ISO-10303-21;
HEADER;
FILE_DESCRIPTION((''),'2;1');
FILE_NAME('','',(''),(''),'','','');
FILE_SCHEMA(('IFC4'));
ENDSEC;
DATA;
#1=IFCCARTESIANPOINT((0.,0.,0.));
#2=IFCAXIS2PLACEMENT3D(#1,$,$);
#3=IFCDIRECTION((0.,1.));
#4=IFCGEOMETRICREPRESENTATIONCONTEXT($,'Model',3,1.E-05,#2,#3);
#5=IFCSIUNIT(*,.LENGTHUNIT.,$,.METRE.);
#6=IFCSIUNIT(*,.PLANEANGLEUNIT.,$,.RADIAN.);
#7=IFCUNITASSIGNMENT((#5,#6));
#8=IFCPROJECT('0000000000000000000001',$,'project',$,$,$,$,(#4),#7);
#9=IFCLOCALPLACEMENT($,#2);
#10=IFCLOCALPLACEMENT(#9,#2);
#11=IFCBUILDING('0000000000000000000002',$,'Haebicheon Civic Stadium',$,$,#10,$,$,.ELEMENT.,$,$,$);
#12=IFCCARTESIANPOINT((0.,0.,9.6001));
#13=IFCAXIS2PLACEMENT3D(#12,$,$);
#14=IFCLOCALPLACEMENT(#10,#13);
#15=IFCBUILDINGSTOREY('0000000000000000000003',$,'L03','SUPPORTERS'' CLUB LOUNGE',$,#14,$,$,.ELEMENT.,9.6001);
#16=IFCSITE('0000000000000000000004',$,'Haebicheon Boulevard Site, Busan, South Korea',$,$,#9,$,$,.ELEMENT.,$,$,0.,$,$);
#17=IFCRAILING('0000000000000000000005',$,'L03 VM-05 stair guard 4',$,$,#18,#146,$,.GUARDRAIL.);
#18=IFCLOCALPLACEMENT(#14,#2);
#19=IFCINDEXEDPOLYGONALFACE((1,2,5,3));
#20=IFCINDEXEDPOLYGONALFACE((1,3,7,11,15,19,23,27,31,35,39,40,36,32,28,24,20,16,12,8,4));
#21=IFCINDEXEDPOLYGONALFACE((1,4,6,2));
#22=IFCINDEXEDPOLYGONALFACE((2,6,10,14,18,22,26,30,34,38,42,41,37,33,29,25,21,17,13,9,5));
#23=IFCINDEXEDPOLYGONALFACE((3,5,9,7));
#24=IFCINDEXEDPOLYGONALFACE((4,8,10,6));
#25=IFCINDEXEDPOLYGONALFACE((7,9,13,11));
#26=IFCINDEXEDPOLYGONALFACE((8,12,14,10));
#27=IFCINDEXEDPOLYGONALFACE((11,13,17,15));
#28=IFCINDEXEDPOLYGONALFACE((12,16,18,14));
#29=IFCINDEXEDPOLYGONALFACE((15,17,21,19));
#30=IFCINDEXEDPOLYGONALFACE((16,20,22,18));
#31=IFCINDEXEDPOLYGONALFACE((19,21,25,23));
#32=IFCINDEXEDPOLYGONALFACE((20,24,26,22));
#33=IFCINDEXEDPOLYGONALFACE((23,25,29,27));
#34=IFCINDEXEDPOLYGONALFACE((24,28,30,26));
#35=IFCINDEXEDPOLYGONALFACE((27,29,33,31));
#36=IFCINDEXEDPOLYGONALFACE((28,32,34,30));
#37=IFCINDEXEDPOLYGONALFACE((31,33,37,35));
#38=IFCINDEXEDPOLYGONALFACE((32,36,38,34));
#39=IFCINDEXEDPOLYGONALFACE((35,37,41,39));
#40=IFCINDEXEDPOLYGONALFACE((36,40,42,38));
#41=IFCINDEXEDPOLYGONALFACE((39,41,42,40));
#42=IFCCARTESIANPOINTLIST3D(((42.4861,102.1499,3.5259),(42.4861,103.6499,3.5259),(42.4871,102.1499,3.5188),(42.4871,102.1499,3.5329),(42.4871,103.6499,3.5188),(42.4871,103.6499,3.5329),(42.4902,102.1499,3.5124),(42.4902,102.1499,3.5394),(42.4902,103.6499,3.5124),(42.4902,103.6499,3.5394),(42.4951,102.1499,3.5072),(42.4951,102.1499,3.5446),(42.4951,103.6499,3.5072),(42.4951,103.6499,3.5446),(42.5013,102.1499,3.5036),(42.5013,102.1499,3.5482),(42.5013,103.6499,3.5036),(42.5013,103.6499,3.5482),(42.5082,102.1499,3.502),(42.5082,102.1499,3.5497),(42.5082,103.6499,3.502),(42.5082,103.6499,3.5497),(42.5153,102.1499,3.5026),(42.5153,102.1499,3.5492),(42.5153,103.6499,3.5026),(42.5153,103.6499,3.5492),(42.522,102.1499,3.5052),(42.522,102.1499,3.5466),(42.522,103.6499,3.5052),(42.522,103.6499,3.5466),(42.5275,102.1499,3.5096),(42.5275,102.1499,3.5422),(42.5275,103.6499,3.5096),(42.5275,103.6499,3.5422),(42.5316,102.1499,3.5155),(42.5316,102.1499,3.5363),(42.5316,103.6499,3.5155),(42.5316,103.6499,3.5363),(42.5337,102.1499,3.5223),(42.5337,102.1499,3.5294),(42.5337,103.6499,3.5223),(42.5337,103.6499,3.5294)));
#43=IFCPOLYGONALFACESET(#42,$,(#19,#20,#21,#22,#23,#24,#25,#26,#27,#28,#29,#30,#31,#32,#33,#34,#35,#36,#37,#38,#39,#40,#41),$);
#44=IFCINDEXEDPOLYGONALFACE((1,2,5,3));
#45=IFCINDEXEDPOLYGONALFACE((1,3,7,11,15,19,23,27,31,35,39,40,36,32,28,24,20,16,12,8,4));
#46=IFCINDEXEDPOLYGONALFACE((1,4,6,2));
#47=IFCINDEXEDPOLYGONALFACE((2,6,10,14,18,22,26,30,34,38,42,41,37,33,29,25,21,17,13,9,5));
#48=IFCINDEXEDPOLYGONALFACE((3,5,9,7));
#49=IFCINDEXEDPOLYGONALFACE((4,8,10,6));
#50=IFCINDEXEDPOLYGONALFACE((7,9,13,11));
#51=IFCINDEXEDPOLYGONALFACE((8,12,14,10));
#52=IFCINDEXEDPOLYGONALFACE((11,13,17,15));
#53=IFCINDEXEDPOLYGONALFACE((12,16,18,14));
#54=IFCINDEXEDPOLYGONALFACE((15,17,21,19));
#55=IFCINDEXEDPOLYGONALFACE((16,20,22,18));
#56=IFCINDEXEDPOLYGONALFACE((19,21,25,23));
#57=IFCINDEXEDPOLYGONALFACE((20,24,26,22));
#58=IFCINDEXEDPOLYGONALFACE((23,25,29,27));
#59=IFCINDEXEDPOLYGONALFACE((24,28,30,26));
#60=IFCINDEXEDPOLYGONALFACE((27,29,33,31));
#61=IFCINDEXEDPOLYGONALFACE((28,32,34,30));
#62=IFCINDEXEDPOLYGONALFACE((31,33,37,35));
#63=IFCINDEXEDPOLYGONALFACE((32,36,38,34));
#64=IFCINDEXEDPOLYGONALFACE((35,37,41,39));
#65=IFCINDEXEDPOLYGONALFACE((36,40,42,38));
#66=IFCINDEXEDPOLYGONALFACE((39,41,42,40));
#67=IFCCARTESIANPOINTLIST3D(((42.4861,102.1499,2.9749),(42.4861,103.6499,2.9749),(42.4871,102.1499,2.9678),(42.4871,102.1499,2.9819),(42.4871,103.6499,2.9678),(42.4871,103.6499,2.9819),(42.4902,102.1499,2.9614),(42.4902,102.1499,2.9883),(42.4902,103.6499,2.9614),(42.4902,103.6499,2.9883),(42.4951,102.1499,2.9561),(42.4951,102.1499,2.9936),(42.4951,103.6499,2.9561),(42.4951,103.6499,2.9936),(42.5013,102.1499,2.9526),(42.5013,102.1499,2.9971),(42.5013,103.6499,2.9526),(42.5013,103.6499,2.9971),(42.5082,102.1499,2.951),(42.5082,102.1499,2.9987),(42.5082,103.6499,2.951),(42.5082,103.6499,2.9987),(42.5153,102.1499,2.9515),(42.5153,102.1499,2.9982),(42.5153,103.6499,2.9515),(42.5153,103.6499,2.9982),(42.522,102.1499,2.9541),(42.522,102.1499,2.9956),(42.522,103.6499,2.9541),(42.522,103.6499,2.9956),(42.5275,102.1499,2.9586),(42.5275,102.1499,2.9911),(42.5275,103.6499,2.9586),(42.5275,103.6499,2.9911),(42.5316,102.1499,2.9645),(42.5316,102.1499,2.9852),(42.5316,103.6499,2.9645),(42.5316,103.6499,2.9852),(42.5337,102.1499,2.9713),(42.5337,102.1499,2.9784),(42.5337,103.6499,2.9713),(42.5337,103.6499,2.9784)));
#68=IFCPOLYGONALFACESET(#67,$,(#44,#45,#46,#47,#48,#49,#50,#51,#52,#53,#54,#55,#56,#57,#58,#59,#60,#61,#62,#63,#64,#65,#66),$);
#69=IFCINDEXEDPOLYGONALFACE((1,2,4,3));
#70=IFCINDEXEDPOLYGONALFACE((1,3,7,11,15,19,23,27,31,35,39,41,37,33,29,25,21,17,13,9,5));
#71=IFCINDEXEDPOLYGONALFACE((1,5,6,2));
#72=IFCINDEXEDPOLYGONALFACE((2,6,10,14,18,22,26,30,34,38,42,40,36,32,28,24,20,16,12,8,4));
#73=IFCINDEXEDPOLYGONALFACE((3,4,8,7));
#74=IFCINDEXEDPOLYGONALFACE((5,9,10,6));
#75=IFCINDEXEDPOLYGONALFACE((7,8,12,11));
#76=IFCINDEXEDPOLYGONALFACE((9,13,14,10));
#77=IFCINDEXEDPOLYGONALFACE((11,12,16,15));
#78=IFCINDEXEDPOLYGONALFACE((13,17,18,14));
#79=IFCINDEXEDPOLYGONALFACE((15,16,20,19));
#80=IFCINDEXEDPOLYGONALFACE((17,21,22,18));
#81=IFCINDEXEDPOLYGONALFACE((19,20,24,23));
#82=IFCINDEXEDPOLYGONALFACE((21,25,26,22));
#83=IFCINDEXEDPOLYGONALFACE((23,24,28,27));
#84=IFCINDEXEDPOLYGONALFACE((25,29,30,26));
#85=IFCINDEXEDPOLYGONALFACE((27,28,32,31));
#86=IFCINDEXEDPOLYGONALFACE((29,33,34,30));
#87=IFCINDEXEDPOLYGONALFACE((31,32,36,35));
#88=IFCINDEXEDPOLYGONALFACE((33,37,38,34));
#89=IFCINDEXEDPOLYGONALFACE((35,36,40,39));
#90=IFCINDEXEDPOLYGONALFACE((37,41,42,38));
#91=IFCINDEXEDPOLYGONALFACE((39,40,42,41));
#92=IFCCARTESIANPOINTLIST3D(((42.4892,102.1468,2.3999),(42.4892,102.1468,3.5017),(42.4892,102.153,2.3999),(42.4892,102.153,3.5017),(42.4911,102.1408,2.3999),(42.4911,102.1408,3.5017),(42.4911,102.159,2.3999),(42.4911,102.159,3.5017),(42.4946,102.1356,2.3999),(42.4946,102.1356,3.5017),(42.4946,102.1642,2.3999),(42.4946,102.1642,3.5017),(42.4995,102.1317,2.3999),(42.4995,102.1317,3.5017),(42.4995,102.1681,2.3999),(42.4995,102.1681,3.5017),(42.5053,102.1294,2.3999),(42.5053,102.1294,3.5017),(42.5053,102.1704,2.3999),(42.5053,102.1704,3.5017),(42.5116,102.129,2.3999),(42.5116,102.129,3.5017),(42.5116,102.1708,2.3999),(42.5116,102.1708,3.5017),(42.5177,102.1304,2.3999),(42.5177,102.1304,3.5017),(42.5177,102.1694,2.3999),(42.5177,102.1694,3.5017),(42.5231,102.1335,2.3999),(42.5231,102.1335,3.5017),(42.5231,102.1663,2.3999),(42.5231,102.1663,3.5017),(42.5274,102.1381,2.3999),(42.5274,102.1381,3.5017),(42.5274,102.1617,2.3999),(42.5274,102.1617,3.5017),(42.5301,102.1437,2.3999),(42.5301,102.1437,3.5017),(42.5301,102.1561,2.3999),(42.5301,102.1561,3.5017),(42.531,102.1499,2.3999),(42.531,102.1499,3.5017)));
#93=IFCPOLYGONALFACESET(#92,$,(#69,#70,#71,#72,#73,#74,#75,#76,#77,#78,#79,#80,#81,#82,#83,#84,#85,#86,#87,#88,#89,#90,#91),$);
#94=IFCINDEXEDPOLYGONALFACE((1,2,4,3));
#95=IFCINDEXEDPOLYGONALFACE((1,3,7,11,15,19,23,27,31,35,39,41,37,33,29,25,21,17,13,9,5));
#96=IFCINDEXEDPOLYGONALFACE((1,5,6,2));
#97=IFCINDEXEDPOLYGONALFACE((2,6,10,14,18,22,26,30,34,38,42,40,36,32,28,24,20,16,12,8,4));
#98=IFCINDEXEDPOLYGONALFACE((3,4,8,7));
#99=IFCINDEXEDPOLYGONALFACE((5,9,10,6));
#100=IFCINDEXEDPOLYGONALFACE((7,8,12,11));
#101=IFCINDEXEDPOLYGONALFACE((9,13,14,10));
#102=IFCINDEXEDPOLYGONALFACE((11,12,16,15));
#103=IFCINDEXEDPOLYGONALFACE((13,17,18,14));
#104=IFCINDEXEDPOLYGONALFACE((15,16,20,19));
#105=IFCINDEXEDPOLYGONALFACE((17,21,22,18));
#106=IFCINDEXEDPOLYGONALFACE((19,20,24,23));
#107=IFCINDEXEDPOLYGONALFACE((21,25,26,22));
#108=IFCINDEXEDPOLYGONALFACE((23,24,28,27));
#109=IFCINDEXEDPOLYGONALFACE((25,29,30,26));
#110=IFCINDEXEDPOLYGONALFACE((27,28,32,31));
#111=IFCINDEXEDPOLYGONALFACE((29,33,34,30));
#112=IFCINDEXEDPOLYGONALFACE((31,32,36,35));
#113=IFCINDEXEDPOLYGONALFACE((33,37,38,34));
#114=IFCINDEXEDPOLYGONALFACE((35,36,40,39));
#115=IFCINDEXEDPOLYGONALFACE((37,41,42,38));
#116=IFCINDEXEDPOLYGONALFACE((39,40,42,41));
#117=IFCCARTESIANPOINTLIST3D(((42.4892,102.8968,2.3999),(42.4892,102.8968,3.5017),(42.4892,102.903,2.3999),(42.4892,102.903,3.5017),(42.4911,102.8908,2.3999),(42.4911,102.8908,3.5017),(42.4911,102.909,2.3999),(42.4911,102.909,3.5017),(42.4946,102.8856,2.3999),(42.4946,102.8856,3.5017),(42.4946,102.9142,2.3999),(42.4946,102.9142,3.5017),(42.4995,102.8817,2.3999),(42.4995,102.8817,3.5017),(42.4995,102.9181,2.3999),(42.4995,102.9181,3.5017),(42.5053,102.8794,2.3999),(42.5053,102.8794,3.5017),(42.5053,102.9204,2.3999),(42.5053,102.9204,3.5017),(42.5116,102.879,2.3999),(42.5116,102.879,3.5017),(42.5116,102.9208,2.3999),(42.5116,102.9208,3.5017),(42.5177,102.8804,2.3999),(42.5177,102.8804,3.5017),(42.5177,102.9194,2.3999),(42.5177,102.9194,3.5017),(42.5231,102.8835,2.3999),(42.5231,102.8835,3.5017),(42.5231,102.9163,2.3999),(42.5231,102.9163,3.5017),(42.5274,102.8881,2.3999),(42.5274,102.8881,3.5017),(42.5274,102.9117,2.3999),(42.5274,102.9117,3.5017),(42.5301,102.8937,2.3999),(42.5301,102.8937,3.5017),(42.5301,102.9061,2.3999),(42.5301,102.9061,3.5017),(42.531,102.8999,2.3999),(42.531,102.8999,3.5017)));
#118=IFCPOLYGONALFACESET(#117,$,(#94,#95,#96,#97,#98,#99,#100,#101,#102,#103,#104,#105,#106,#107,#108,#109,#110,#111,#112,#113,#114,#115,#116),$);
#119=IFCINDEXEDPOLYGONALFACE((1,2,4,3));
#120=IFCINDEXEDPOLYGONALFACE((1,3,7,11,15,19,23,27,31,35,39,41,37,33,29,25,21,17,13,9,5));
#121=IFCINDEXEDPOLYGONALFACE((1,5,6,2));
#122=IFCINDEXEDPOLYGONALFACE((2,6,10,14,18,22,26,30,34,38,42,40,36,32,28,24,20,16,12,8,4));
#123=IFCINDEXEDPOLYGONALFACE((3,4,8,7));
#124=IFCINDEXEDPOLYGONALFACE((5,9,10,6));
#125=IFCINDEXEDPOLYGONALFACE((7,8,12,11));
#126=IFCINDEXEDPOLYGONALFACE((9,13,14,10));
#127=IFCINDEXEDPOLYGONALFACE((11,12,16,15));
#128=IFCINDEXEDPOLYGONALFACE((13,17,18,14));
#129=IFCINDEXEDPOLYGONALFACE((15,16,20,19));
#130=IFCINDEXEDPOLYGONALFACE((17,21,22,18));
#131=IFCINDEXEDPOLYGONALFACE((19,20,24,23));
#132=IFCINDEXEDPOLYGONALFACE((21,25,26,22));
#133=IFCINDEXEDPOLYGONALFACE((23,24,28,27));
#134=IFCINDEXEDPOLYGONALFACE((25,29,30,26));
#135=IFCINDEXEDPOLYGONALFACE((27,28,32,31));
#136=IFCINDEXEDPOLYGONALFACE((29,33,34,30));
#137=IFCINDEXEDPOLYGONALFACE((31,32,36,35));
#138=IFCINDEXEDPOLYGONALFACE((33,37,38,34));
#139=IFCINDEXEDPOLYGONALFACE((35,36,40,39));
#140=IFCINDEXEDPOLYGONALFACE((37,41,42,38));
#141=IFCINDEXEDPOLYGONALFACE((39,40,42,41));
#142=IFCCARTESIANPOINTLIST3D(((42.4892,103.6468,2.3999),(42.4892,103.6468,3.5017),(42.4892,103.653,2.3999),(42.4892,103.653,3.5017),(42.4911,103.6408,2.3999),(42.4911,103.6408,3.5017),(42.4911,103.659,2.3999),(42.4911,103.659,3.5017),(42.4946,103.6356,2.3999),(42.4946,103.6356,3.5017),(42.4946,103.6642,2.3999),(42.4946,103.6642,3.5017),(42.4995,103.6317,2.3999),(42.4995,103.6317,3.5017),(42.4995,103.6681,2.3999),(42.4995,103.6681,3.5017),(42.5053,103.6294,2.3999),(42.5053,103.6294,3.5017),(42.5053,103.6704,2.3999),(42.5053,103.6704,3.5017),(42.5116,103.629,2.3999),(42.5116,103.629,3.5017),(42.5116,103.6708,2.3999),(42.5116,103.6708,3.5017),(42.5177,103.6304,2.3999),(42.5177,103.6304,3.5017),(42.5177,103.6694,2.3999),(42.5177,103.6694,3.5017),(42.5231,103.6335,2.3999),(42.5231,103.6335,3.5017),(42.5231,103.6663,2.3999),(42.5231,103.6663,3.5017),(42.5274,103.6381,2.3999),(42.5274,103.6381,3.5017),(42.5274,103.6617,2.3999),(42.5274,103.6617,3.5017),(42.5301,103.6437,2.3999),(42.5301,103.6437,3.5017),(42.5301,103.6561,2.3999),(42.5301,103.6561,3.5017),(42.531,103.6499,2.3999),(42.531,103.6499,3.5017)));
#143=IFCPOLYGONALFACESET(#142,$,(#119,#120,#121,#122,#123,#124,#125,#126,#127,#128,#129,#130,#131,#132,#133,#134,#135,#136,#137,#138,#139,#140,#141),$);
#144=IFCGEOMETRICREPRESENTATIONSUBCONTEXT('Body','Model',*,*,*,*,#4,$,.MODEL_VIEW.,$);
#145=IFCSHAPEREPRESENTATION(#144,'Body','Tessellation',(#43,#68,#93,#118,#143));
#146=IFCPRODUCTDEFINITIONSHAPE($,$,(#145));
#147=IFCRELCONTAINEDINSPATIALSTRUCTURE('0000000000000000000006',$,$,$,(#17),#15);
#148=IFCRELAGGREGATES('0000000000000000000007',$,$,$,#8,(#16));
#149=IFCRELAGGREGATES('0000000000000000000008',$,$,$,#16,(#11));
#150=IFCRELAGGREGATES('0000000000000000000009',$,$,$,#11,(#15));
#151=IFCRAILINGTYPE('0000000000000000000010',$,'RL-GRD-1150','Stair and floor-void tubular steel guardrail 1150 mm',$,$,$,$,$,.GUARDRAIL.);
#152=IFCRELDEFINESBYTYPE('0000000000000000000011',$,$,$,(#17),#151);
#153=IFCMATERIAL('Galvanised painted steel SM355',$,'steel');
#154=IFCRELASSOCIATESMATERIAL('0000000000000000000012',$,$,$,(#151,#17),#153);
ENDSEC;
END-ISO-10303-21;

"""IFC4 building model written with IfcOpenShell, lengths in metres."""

from ifc_helpers import new_model, si_unit, direction, frame, origin, origin_2d, place, context, subcontext, project, spatial, circle, extrude, material, type_object, element, save


model = new_model("IFC4")

# Units and contexts
model_context = context("Model", 3, precision=1e-05, world=origin(), true_north=direction((0.0, 1.0)))
body_context = subcontext(model_context, "Body", "Model", "MODEL_VIEW")
ifc_project = project(units=[si_unit("LENGTHUNIT", "METRE"), si_unit("PLANEANGLEUNIT", "RADIAN")], contexts=[model_context])

# Site, building, storey
site_placement = place(None, origin())
site = spatial("IfcSite", under=ifc_project, at=site_placement, Name="Haebicheon Boulevard Site, Busan, South Korea", CompositionType="ELEMENT", RefElevation=0.0)
building_placement = place(site_placement, origin())
building = spatial("IfcBuilding", under=site, at=building_placement, Name="Haebicheon Civic Stadium", CompositionType="ELEMENT")
storey_placement = place(building_placement, frame((0.0, 0.0, 9.6001)))
storey = spatial("IfcBuildingStorey", under=building, at=storey_placement, Name="L03", Description="SUPPORTERS' CLUB LOUNGE", CompositionType="ELEMENT", Elevation=9.6001)

# Railing
ifc_material_1 = material(Name="Galvanised painted steel SM355", Category="steel")
railing_type_1 = type_object("IfcRailingType", Name="RL-GRD-1150", Description="Stair and floor-void tubular steel guardrail 1150 mm", PredefinedType="GUARDRAIL", material=ifc_material_1)
for number, where, name in (
    (1, (42.51, 102.1499, 2.3999), "L03 VM-05 stair guard 4"),
):
    element("IfcRailing", number, at=place(storey_placement, frame(where)), inside=storey, type_object=railing_type_1, material=ifc_material_1, Name=name, PredefinedType="GUARDRAIL", context=body_context, shape_type="SweptSolid", body=[
        extrude(circle(Radius=0.0239, at=origin_2d()), frame((0.0, 0.0, 1.126), z_axis=(0.0, 1.0, 0.0), x_axis=(-1.0, 0.0, 0.0)), (0.0, 0.0, 1.0), 1.5),
        extrude(circle(Radius=0.0239, at=origin_2d()), frame((0.0, 0.0, 0.575), z_axis=(0.0, 1.0, 0.0), x_axis=(-1.0, 0.0, 0.0)), (0.0, 0.0, 1.0), 1.5),
        extrude(circle(Radius=0.021, at=origin_2d()), origin(), (0.0, 0.0, 1.0), 1.1018),
        extrude(circle(Radius=0.021, at=origin_2d()), frame((0.0, 0.75, 0.0)), (0.0, 0.0, 1.0), 1.1018),
        extrude(circle(Radius=0.021, at=origin_2d()), frame((0.0, 1.5, 0.0)), (0.0, 0.0, 1.0), 1.1018),
    ])

save(model, "model.ifc")
